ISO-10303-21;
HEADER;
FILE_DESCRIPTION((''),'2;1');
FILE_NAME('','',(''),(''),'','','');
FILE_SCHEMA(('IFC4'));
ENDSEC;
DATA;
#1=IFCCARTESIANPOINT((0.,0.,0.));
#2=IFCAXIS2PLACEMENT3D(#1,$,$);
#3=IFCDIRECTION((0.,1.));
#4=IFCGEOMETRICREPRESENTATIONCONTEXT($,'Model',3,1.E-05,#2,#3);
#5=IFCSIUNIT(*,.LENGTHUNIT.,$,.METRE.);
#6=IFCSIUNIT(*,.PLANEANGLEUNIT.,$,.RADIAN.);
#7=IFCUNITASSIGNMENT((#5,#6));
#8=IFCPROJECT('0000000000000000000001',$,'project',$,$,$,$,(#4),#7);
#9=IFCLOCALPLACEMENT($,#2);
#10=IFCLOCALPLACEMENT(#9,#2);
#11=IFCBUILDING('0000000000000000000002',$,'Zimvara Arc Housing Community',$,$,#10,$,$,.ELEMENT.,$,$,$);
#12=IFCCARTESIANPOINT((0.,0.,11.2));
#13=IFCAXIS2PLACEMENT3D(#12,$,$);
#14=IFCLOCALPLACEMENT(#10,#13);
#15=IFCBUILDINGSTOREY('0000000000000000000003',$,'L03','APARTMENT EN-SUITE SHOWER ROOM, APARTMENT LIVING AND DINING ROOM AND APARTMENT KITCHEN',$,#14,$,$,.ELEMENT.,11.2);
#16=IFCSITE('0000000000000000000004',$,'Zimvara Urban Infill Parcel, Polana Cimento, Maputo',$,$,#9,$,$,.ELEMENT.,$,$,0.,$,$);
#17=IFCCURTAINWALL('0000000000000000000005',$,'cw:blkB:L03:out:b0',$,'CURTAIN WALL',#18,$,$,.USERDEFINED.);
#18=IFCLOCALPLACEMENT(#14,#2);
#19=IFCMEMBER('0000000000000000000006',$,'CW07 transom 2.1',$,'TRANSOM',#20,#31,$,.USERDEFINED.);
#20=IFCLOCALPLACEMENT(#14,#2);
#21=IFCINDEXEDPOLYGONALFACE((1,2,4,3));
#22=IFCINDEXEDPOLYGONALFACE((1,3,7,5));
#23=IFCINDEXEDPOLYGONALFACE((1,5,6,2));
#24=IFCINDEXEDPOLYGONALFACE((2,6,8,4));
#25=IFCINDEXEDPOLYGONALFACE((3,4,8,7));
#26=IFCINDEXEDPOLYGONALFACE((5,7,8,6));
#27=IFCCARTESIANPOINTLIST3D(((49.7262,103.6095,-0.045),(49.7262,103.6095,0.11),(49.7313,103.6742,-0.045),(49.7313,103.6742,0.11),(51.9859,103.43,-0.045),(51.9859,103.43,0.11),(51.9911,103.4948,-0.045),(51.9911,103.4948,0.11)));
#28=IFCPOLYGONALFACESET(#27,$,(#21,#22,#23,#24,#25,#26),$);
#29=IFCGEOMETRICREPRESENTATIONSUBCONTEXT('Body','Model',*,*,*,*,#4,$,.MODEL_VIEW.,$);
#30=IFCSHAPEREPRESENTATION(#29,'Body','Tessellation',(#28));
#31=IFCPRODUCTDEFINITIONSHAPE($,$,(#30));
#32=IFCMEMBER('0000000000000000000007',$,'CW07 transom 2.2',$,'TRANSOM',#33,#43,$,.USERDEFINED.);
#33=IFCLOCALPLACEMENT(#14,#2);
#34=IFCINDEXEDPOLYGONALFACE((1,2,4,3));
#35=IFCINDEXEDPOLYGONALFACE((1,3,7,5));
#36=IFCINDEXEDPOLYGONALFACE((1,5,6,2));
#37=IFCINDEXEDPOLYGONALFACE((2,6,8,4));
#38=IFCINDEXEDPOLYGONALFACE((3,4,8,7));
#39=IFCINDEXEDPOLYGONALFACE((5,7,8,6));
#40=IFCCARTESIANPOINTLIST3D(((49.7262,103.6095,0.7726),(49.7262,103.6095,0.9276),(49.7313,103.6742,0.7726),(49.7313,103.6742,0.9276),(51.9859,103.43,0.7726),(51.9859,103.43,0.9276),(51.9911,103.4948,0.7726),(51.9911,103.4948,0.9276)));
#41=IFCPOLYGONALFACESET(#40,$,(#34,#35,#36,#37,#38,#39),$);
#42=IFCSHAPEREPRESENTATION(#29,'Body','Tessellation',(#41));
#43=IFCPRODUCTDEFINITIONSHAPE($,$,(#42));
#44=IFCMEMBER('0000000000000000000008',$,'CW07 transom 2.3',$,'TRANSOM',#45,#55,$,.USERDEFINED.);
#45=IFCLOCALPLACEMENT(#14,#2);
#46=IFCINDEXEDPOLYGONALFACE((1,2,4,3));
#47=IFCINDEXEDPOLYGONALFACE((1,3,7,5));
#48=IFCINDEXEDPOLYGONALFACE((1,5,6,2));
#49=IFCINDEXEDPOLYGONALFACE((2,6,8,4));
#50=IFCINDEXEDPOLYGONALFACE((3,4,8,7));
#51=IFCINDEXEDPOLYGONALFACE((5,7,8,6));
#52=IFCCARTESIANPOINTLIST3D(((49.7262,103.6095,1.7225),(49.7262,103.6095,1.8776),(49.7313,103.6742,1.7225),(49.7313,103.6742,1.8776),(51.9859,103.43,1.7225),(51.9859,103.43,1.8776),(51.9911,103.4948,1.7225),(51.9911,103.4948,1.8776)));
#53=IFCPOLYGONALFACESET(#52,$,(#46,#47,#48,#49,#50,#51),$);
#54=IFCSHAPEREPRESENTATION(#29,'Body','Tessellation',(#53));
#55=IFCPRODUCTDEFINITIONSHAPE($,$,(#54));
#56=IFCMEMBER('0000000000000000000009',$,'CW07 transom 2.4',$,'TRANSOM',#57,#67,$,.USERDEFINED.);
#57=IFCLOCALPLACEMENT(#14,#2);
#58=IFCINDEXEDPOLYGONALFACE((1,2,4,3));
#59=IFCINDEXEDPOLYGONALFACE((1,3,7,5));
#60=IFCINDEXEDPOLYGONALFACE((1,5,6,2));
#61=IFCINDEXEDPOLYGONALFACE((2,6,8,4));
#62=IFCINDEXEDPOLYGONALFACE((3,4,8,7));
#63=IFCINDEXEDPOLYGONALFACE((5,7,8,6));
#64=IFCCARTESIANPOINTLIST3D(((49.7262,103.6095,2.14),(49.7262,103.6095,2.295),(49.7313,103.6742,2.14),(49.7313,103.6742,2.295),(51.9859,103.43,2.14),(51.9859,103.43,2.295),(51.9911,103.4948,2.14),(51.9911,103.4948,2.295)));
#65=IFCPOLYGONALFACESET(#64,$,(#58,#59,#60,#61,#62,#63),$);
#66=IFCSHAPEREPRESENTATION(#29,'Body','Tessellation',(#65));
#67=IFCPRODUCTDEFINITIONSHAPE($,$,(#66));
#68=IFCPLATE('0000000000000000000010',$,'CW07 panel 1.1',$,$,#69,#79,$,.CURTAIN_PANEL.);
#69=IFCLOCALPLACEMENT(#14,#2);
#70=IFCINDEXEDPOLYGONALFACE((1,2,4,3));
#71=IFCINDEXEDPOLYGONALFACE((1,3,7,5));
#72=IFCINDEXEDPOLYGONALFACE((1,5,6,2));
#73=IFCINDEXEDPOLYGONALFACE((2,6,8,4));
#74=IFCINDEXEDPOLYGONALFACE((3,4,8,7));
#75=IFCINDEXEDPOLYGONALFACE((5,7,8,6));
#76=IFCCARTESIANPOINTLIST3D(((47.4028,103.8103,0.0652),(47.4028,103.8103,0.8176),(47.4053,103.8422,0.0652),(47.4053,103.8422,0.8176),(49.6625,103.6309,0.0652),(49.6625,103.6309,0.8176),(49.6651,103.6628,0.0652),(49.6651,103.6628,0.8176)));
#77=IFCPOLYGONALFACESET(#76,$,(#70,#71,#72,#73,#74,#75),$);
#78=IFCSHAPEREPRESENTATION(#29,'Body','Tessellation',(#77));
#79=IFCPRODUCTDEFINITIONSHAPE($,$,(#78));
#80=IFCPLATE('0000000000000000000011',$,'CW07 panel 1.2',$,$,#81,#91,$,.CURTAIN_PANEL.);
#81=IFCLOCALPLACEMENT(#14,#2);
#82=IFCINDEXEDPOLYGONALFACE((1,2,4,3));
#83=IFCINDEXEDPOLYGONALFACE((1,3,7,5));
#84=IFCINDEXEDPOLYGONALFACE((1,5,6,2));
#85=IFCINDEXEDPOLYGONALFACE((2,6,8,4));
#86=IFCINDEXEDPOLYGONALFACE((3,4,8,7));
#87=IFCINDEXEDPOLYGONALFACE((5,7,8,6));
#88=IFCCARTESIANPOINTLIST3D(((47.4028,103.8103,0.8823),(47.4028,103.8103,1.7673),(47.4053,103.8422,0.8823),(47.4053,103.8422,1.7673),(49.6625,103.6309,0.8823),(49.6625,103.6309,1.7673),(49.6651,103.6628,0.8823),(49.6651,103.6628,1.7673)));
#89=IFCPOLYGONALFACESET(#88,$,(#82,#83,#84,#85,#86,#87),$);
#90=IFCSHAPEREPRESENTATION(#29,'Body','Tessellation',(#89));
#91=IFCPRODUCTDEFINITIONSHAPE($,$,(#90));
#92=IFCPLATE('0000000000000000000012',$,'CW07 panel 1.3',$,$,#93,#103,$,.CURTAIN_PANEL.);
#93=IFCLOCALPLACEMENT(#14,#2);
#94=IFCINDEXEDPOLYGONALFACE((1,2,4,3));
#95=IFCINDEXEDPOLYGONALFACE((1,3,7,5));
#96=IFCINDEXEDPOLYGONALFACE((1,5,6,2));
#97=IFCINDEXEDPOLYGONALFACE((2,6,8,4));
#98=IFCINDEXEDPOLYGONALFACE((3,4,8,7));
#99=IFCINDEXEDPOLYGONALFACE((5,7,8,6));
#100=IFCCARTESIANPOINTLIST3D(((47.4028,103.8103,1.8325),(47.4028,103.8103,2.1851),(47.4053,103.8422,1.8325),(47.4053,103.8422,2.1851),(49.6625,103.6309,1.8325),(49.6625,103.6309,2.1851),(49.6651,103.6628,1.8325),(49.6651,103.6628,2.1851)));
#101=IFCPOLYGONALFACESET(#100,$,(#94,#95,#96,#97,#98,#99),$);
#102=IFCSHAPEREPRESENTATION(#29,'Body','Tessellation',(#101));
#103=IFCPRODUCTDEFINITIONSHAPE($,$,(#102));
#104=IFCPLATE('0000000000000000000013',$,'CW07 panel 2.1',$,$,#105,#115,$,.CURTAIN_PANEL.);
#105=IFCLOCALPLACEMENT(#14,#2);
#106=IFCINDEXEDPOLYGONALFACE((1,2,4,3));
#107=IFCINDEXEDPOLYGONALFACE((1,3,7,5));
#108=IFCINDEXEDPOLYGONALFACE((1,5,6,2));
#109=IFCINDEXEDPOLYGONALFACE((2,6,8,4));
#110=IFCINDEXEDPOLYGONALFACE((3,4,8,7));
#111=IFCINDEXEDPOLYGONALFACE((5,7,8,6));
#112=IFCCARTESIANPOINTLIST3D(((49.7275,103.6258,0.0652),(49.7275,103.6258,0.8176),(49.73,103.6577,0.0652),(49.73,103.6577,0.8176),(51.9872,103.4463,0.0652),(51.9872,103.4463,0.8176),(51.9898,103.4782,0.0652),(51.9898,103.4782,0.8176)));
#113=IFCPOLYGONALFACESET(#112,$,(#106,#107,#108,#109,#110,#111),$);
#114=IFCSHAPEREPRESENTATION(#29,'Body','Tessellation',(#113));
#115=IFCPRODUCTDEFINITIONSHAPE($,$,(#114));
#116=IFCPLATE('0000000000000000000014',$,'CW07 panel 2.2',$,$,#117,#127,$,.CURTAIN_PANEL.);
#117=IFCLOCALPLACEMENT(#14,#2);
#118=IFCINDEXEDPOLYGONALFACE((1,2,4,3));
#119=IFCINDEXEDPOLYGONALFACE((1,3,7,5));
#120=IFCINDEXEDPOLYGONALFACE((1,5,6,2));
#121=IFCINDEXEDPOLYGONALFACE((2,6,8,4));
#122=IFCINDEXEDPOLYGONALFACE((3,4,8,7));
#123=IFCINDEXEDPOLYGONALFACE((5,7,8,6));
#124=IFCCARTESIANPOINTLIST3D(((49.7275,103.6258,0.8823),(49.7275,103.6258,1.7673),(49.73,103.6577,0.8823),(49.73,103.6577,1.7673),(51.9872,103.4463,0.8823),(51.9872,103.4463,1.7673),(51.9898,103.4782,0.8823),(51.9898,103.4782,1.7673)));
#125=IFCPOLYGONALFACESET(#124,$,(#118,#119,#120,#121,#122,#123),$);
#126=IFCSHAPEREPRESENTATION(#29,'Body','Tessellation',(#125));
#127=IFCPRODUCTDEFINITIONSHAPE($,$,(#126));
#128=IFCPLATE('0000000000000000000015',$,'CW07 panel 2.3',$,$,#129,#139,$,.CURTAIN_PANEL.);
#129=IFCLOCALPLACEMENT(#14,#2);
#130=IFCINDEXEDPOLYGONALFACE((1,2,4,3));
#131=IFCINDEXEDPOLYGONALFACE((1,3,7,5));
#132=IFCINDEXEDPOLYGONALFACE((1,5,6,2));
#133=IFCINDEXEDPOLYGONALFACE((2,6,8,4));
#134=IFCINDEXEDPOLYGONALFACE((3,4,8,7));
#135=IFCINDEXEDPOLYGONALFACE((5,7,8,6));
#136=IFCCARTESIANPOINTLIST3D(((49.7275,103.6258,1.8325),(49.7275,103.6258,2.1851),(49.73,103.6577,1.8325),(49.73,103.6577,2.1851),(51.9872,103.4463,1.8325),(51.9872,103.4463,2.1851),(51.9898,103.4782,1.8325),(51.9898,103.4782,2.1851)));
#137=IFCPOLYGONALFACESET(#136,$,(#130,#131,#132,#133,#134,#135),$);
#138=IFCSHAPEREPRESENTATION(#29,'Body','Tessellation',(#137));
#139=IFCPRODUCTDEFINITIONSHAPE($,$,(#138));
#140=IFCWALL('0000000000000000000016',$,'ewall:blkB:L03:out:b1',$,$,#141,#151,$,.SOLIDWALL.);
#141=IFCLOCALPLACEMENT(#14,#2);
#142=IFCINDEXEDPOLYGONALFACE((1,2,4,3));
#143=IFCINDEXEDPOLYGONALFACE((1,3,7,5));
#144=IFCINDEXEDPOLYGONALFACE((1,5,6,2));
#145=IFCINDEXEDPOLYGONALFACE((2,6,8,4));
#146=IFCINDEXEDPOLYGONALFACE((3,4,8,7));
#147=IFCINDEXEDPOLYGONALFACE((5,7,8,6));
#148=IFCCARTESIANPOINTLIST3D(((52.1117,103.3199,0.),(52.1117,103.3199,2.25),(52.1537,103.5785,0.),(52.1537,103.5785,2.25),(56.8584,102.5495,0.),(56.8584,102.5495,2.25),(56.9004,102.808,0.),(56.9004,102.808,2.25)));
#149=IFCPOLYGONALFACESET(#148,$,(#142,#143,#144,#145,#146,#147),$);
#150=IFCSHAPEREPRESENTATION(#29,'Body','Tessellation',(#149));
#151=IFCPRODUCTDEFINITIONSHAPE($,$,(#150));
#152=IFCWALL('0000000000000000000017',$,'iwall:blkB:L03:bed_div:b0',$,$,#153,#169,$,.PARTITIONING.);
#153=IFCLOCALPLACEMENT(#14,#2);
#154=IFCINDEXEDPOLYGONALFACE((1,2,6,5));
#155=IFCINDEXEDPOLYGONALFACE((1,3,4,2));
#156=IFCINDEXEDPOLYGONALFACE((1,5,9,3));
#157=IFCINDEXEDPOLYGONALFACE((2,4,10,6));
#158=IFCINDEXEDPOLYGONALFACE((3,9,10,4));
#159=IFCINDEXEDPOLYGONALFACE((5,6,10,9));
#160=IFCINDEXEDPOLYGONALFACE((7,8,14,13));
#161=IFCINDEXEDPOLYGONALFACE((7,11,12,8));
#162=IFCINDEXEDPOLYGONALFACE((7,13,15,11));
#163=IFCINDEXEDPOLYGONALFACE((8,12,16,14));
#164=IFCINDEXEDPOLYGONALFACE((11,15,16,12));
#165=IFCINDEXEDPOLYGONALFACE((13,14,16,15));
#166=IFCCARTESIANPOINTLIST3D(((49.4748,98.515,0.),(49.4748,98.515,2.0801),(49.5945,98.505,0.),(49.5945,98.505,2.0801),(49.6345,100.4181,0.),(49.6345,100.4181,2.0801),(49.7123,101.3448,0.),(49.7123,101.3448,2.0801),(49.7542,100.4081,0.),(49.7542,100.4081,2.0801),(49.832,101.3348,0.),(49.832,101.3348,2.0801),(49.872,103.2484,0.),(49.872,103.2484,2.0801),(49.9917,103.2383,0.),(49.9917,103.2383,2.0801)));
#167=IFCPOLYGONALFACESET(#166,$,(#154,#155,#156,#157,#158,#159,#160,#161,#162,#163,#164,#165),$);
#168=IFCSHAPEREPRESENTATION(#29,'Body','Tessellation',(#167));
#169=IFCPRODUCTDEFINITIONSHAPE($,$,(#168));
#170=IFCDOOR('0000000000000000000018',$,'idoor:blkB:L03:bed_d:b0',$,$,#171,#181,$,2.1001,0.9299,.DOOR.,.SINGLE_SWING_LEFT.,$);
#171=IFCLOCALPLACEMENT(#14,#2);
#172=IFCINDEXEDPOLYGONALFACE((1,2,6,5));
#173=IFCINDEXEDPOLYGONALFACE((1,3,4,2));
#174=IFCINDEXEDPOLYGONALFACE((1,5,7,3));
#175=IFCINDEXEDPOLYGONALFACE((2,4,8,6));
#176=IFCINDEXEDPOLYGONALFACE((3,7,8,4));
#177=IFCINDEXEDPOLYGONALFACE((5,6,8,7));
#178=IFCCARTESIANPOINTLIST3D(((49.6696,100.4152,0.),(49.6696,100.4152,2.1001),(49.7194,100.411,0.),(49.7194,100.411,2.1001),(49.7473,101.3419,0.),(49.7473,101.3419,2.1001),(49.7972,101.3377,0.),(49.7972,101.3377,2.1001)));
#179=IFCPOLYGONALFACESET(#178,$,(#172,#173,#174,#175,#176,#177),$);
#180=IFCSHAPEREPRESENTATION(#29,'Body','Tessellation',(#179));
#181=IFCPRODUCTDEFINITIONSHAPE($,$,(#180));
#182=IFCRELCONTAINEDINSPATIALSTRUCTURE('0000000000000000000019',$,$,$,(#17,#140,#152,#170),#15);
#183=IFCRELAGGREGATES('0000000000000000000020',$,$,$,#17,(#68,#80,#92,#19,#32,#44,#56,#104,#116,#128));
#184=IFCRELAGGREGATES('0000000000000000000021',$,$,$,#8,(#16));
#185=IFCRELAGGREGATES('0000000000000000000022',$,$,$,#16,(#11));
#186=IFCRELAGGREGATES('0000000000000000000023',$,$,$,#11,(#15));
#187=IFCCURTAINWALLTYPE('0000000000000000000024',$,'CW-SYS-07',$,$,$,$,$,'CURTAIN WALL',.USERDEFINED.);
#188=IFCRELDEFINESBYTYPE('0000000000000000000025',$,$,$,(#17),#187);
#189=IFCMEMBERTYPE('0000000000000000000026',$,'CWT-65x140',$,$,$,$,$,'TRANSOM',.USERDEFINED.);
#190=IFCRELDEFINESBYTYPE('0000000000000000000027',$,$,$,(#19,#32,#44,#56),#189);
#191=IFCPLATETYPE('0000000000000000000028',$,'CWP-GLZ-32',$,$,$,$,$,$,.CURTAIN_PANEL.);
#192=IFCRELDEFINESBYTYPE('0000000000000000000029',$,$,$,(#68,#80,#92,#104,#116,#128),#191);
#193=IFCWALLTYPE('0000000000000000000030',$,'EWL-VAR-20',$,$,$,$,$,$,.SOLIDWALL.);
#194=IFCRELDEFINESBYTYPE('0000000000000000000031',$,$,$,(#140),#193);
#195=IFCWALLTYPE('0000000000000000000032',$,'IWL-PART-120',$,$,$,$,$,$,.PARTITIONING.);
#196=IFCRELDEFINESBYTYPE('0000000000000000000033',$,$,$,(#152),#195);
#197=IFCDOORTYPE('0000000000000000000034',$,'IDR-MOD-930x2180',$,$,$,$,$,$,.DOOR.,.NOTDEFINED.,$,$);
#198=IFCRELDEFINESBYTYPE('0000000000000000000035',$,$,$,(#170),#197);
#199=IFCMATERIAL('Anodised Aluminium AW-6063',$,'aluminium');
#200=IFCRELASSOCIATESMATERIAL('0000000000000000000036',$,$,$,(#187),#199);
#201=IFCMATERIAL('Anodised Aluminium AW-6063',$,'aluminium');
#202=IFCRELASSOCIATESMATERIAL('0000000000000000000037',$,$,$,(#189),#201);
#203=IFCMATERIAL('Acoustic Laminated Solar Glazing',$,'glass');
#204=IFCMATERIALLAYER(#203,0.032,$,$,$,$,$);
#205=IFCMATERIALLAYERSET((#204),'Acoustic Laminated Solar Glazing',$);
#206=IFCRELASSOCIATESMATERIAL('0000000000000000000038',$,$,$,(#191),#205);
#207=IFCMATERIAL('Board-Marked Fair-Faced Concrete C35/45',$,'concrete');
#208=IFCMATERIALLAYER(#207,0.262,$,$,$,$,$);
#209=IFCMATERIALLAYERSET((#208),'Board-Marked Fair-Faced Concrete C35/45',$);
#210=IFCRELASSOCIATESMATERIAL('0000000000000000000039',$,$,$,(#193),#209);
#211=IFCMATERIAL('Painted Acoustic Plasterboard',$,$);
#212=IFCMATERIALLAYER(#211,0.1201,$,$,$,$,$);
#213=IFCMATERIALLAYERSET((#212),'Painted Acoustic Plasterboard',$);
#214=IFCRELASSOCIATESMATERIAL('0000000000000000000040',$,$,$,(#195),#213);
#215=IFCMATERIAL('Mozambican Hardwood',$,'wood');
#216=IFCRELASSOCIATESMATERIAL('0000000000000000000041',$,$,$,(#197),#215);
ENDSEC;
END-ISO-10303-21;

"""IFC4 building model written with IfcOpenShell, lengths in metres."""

from ifc_helpers import new_model, si_unit, direction, frame, frame_2d, origin, origin_2d, place, context, subcontext, project, spatial, rectangle, extrude, material, layer, layer_set, material_profile, profile_set, type_object, element, fill, aggregate, save


model = new_model("IFC4")

# Units and contexts
model_context = context("Model", 3, precision=1e-05, world=origin(), true_north=direction((0.0, 1.0)))
body_context = subcontext(model_context, "Body", "Model", "MODEL_VIEW")
ifc_project = project(units=[si_unit("LENGTHUNIT", "METRE"), si_unit("PLANEANGLEUNIT", "RADIAN")], contexts=[model_context])

# Site, building, storey
site_placement = place(None, origin())
site = spatial("IfcSite", under=ifc_project, at=site_placement, Name="Zimvara Urban Infill Parcel, Polana Cimento, Maputo", CompositionType="ELEMENT", RefElevation=0.0)
building_placement = place(site_placement, origin())
building = spatial("IfcBuilding", under=site, at=building_placement, Name="Zimvara Arc Housing Community", CompositionType="ELEMENT")
storey_placement = place(building_placement, frame((0.0, 0.0, 11.2)))
storey = spatial("IfcBuildingStorey", under=building, at=storey_placement, Name="L03", Description="APARTMENT EN-SUITE SHOWER ROOM, APARTMENT LIVING AND DINING ROOM AND APARTMENT KITCHEN", CompositionType="ELEMENT", Elevation=11.2)

# Curtain wall, members, plates
ifc_material_1 = material(Name="Anodised Aluminium AW-6063", Category="aluminium")
curtain_wall_type = type_object("IfcCurtainWallType", Name="CW-SYS-07", ElementType="CURTAIN WALL", PredefinedType="USERDEFINED", material=ifc_material_1)
curtain_wall_placement = place(storey_placement, origin())
curtain_wall = element("IfcCurtainWall", 1, at=curtain_wall_placement, inside=storey, type_object=curtain_wall_type, Name="cw:blkB:L03:out:b0", ObjectType="CURTAIN WALL", PredefinedType="USERDEFINED")
ifc_material_2 = material(Name="Anodised Aluminium AW-6063", Category="aluminium")
ifc_material_profile_1 = material_profile(ifc_material_2, rectangle(XDim=0.0649, YDim=0.155, at=origin_2d()), Name="ALU 65x155")
ifc_profile_set_1 = profile_set([ifc_material_profile_1], Name="Anodised Aluminium AW-6063")
member_type_1 = type_object("IfcMemberType", Name="CWT-65x140", ElementType="TRANSOM", PredefinedType="USERDEFINED", material=ifc_profile_set_1)
member_1_placement = place(storey_placement, frame((49.7288, 103.6418, 0.0325), z_axis=(0.996862, -0.079159, 0.0), x_axis=(0.079159, 0.996862, 0.0)))
member_1 = element("IfcMember", 2, at=member_1_placement, type_object=member_type_1, Name="CW07 transom 2.1", ObjectType="TRANSOM", PredefinedType="USERDEFINED", context=body_context, shape_type="SweptSolid", body=[
    extrude(rectangle(XDim=0.0649, YDim=0.155, at=origin_2d()), origin(), (0.0, 0.0, 1.0), 2.2668),
])
member_2_placement = place(storey_placement, frame((49.7288, 103.6418, 0.8501), z_axis=(0.996862, -0.079159, 0.0), x_axis=(0.079159, 0.996862, 0.0)))
member_2 = element("IfcMember", 3, at=member_2_placement, type_object=member_type_1, Name="CW07 transom 2.2", ObjectType="TRANSOM", PredefinedType="USERDEFINED", context=body_context, shape_type="SweptSolid", body=[
    extrude(rectangle(XDim=0.0649, YDim=0.155, at=origin_2d()), origin(), (0.0, 0.0, 1.0), 2.2668),
])
member_3_placement = place(storey_placement, frame((49.7288, 103.6418, 1.8), z_axis=(0.996862, -0.079159, 0.0), x_axis=(0.079159, 0.996862, 0.0)))
member_3 = element("IfcMember", 4, at=member_3_placement, type_object=member_type_1, Name="CW07 transom 2.3", ObjectType="TRANSOM", PredefinedType="USERDEFINED", context=body_context, shape_type="SweptSolid", body=[
    extrude(rectangle(XDim=0.0649, YDim=0.155, at=origin_2d()), origin(), (0.0, 0.0, 1.0), 2.2668),
])
member_4_placement = place(storey_placement, frame((49.7288, 103.6418, 2.2175), z_axis=(0.996862, -0.079159, 0.0), x_axis=(0.079159, 0.996862, 0.0)))
member_4 = element("IfcMember", 5, at=member_4_placement, type_object=member_type_1, Name="CW07 transom 2.4", ObjectType="TRANSOM", PredefinedType="USERDEFINED", context=body_context, shape_type="SweptSolid", body=[
    extrude(rectangle(XDim=0.0649, YDim=0.155, at=origin_2d()), origin(), (0.0, 0.0, 1.0), 2.2668),
])
ifc_material_3 = material(Name="Acoustic Laminated Solar Glazing", Category="glass")
ifc_layer_1 = layer(ifc_material_3, 0.032)
ifc_layer_set_1 = layer_set([ifc_layer_1], Name="Acoustic Laminated Solar Glazing")
plate_type = type_object("IfcPlateType", Name="CWP-GLZ-32", PredefinedType="CURTAIN_PANEL", material=ifc_layer_set_1)
plate_1_placement = place(storey_placement, frame((48.5339, 103.7366, 0.0652), z_axis=(0.0, 0.0, 1.0), x_axis=(0.996862, -0.079154, 0.0)))
plate_1 = element("IfcPlate", 6, at=plate_1_placement, type_object=plate_type, Name="CW07 panel 1.1", PredefinedType="CURTAIN_PANEL", context=body_context, shape_type="SweptSolid", body=[
    extrude(rectangle(XDim=2.2668, YDim=0.032, at=origin_2d()), origin(), (0.0, 0.0, 1.0), 0.7524),
])
plate_2_placement = place(storey_placement, frame((48.5339, 103.7366, 0.8823), z_axis=(0.0, 0.0, 1.0), x_axis=(0.996862, -0.079154, 0.0)))
plate_2 = element("IfcPlate", 7, at=plate_2_placement, type_object=plate_type, Name="CW07 panel 1.2", PredefinedType="CURTAIN_PANEL", context=body_context, shape_type="SweptSolid", body=[
    extrude(rectangle(XDim=2.2668, YDim=0.032, at=origin_2d()), origin(), (0.0, 0.0, 1.0), 0.885),
])
plate_3_placement = place(storey_placement, frame((48.5339, 103.7366, 1.8325), z_axis=(0.0, 0.0, 1.0), x_axis=(0.996862, -0.079154, 0.0)))
plate_3 = element("IfcPlate", 8, at=plate_3_placement, type_object=plate_type, Name="CW07 panel 1.3", PredefinedType="CURTAIN_PANEL", context=body_context, shape_type="SweptSolid", body=[
    extrude(rectangle(XDim=2.2668, YDim=0.032, at=origin_2d()), origin(), (0.0, 0.0, 1.0), 0.3525),
])
plate_4_placement = place(storey_placement, frame((50.8586, 103.552, 0.0652), z_axis=(0.0, 0.0, 1.0), x_axis=(0.996862, -0.079154, 0.0)))
plate_4 = element("IfcPlate", 9, at=plate_4_placement, type_object=plate_type, Name="CW07 panel 2.1", PredefinedType="CURTAIN_PANEL", context=body_context, shape_type="SweptSolid", body=[
    extrude(rectangle(XDim=2.2668, YDim=0.032, at=origin_2d()), origin(), (0.0, 0.0, 1.0), 0.7524),
])
plate_5_placement = place(storey_placement, frame((50.8586, 103.552, 0.8823), z_axis=(0.0, 0.0, 1.0), x_axis=(0.996862, -0.079154, 0.0)))
plate_5 = element("IfcPlate", 10, at=plate_5_placement, type_object=plate_type, Name="CW07 panel 2.2", PredefinedType="CURTAIN_PANEL", context=body_context, shape_type="SweptSolid", body=[
    extrude(rectangle(XDim=2.2668, YDim=0.032, at=origin_2d()), origin(), (0.0, 0.0, 1.0), 0.885),
])
plate_6_placement = place(storey_placement, frame((50.8586, 103.552, 1.8325), z_axis=(0.0, 0.0, 1.0), x_axis=(0.996862, -0.079154, 0.0)))
plate_6 = element("IfcPlate", 11, at=plate_6_placement, type_object=plate_type, Name="CW07 panel 2.3", PredefinedType="CURTAIN_PANEL", context=body_context, shape_type="SweptSolid", body=[
    extrude(rectangle(XDim=2.2668, YDim=0.032, at=origin_2d()), origin(), (0.0, 0.0, 1.0), 0.3525),
])
aggregate(curtain_wall, [plate_1, plate_2, plate_3, member_1, member_2, member_3, member_4, plate_4, plate_5, plate_6])

# Wall
ifc_material_4 = material(Name="Board-Marked Fair-Faced Concrete C35/45", Category="concrete")
ifc_layer_2 = layer(ifc_material_4, 0.262)
ifc_layer_set_2 = layer_set([ifc_layer_2], Name="Board-Marked Fair-Faced Concrete C35/45")
wall_type_1 = type_object("IfcWallType", Name="EWL-VAR-20", PredefinedType="SOLIDWALL", material=ifc_layer_set_2)
wall_1_placement = place(storey_placement, frame((52.1328, 103.4492, 0.0), z_axis=(0.0, 0.0, 1.0), x_axis=(0.987081, -0.160224, 0.0)))
element("IfcWall", 12, at=wall_1_placement, inside=storey, type_object=wall_type_1, Name="ewall:blkB:L03:out:b1", PredefinedType="SOLIDWALL", context=body_context, shape_type="SweptSolid", body=[
    extrude(rectangle(XDim=4.8088, YDim=0.262, at=frame_2d((2.4043, 0.0))), origin(), (0.0, 0.0, 1.0), 2.25),
])

# Wall, opening, door
ifc_material_5 = material(Name="Painted Acoustic Plasterboard")
ifc_layer_3 = layer(ifc_material_5, 0.1201)
ifc_layer_set_3 = layer_set([ifc_layer_3], Name="Painted Acoustic Plasterboard")
wall_type_2 = type_object("IfcWallType", Name="IWL-PART-120", PredefinedType="PARTITIONING", material=ifc_layer_set_3)
wall_2_placement = place(storey_placement, frame((49.5347, 98.51, 0.0), z_axis=(0.0, 0.0, 1.0), x_axis=(0.083624, 0.996497, 0.0)))
wall_2 = element("IfcWall", 13, at=wall_2_placement, inside=storey, type_object=wall_type_2, Name="iwall:blkB:L03:bed_div:b0", PredefinedType="PARTITIONING", context=body_context, shape_type="SweptSolid", body=[
    extrude(rectangle(XDim=4.75, YDim=0.1201, at=frame_2d((2.375, 0.0))), origin(), (0.0, 0.0, 1.0), 2.0801),
])
opening_placement = place(wall_2_placement, frame((1.9099, 0.0, 0.0)))
opening = element("IfcOpeningElement", 14, at=opening_placement, cuts=wall_2, PredefinedType="OPENING", context=body_context, shape_type="SweptSolid", body=[
    extrude(rectangle(XDim=0.9299, YDim=2.1001, at=frame_2d((0.4648, 1.05))), frame((0.0, 0.0701, 0.0), z_axis=(0.0, -1.0, 0.0), x_axis=(1.0, 0.0, 0.0)), (0.0, 0.0, 1.0), 0.1401),
])
ifc_material_6 = material(Name="Mozambican Hardwood", Category="wood")
door_type = type_object("IfcDoorType", Name="IDR-MOD-930x2180", OperationType="NOTDEFINED", PredefinedType="DOOR", material=ifc_material_6)
door_placement = place(opening_placement, origin())
door = element("IfcDoor", 15, at=door_placement, inside=storey, type_object=door_type, Name="idoor:blkB:L03:bed_d:b0", OperationType="SINGLE_SWING_LEFT", OverallHeight=2.1001, OverallWidth=0.9299, PredefinedType="DOOR", context=body_context, shape_type="SweptSolid", body=[
    extrude(rectangle(XDim=0.9299, YDim=2.1001, at=frame_2d((0.4648, 1.05))), frame((0.0, 0.0249, 0.0), z_axis=(0.0, -1.0, 0.0), x_axis=(1.0, 0.0, 0.0)), (0.0, 0.0, 1.0), 0.05),
])
fill(opening, door)

save(model, "model.ifc")
